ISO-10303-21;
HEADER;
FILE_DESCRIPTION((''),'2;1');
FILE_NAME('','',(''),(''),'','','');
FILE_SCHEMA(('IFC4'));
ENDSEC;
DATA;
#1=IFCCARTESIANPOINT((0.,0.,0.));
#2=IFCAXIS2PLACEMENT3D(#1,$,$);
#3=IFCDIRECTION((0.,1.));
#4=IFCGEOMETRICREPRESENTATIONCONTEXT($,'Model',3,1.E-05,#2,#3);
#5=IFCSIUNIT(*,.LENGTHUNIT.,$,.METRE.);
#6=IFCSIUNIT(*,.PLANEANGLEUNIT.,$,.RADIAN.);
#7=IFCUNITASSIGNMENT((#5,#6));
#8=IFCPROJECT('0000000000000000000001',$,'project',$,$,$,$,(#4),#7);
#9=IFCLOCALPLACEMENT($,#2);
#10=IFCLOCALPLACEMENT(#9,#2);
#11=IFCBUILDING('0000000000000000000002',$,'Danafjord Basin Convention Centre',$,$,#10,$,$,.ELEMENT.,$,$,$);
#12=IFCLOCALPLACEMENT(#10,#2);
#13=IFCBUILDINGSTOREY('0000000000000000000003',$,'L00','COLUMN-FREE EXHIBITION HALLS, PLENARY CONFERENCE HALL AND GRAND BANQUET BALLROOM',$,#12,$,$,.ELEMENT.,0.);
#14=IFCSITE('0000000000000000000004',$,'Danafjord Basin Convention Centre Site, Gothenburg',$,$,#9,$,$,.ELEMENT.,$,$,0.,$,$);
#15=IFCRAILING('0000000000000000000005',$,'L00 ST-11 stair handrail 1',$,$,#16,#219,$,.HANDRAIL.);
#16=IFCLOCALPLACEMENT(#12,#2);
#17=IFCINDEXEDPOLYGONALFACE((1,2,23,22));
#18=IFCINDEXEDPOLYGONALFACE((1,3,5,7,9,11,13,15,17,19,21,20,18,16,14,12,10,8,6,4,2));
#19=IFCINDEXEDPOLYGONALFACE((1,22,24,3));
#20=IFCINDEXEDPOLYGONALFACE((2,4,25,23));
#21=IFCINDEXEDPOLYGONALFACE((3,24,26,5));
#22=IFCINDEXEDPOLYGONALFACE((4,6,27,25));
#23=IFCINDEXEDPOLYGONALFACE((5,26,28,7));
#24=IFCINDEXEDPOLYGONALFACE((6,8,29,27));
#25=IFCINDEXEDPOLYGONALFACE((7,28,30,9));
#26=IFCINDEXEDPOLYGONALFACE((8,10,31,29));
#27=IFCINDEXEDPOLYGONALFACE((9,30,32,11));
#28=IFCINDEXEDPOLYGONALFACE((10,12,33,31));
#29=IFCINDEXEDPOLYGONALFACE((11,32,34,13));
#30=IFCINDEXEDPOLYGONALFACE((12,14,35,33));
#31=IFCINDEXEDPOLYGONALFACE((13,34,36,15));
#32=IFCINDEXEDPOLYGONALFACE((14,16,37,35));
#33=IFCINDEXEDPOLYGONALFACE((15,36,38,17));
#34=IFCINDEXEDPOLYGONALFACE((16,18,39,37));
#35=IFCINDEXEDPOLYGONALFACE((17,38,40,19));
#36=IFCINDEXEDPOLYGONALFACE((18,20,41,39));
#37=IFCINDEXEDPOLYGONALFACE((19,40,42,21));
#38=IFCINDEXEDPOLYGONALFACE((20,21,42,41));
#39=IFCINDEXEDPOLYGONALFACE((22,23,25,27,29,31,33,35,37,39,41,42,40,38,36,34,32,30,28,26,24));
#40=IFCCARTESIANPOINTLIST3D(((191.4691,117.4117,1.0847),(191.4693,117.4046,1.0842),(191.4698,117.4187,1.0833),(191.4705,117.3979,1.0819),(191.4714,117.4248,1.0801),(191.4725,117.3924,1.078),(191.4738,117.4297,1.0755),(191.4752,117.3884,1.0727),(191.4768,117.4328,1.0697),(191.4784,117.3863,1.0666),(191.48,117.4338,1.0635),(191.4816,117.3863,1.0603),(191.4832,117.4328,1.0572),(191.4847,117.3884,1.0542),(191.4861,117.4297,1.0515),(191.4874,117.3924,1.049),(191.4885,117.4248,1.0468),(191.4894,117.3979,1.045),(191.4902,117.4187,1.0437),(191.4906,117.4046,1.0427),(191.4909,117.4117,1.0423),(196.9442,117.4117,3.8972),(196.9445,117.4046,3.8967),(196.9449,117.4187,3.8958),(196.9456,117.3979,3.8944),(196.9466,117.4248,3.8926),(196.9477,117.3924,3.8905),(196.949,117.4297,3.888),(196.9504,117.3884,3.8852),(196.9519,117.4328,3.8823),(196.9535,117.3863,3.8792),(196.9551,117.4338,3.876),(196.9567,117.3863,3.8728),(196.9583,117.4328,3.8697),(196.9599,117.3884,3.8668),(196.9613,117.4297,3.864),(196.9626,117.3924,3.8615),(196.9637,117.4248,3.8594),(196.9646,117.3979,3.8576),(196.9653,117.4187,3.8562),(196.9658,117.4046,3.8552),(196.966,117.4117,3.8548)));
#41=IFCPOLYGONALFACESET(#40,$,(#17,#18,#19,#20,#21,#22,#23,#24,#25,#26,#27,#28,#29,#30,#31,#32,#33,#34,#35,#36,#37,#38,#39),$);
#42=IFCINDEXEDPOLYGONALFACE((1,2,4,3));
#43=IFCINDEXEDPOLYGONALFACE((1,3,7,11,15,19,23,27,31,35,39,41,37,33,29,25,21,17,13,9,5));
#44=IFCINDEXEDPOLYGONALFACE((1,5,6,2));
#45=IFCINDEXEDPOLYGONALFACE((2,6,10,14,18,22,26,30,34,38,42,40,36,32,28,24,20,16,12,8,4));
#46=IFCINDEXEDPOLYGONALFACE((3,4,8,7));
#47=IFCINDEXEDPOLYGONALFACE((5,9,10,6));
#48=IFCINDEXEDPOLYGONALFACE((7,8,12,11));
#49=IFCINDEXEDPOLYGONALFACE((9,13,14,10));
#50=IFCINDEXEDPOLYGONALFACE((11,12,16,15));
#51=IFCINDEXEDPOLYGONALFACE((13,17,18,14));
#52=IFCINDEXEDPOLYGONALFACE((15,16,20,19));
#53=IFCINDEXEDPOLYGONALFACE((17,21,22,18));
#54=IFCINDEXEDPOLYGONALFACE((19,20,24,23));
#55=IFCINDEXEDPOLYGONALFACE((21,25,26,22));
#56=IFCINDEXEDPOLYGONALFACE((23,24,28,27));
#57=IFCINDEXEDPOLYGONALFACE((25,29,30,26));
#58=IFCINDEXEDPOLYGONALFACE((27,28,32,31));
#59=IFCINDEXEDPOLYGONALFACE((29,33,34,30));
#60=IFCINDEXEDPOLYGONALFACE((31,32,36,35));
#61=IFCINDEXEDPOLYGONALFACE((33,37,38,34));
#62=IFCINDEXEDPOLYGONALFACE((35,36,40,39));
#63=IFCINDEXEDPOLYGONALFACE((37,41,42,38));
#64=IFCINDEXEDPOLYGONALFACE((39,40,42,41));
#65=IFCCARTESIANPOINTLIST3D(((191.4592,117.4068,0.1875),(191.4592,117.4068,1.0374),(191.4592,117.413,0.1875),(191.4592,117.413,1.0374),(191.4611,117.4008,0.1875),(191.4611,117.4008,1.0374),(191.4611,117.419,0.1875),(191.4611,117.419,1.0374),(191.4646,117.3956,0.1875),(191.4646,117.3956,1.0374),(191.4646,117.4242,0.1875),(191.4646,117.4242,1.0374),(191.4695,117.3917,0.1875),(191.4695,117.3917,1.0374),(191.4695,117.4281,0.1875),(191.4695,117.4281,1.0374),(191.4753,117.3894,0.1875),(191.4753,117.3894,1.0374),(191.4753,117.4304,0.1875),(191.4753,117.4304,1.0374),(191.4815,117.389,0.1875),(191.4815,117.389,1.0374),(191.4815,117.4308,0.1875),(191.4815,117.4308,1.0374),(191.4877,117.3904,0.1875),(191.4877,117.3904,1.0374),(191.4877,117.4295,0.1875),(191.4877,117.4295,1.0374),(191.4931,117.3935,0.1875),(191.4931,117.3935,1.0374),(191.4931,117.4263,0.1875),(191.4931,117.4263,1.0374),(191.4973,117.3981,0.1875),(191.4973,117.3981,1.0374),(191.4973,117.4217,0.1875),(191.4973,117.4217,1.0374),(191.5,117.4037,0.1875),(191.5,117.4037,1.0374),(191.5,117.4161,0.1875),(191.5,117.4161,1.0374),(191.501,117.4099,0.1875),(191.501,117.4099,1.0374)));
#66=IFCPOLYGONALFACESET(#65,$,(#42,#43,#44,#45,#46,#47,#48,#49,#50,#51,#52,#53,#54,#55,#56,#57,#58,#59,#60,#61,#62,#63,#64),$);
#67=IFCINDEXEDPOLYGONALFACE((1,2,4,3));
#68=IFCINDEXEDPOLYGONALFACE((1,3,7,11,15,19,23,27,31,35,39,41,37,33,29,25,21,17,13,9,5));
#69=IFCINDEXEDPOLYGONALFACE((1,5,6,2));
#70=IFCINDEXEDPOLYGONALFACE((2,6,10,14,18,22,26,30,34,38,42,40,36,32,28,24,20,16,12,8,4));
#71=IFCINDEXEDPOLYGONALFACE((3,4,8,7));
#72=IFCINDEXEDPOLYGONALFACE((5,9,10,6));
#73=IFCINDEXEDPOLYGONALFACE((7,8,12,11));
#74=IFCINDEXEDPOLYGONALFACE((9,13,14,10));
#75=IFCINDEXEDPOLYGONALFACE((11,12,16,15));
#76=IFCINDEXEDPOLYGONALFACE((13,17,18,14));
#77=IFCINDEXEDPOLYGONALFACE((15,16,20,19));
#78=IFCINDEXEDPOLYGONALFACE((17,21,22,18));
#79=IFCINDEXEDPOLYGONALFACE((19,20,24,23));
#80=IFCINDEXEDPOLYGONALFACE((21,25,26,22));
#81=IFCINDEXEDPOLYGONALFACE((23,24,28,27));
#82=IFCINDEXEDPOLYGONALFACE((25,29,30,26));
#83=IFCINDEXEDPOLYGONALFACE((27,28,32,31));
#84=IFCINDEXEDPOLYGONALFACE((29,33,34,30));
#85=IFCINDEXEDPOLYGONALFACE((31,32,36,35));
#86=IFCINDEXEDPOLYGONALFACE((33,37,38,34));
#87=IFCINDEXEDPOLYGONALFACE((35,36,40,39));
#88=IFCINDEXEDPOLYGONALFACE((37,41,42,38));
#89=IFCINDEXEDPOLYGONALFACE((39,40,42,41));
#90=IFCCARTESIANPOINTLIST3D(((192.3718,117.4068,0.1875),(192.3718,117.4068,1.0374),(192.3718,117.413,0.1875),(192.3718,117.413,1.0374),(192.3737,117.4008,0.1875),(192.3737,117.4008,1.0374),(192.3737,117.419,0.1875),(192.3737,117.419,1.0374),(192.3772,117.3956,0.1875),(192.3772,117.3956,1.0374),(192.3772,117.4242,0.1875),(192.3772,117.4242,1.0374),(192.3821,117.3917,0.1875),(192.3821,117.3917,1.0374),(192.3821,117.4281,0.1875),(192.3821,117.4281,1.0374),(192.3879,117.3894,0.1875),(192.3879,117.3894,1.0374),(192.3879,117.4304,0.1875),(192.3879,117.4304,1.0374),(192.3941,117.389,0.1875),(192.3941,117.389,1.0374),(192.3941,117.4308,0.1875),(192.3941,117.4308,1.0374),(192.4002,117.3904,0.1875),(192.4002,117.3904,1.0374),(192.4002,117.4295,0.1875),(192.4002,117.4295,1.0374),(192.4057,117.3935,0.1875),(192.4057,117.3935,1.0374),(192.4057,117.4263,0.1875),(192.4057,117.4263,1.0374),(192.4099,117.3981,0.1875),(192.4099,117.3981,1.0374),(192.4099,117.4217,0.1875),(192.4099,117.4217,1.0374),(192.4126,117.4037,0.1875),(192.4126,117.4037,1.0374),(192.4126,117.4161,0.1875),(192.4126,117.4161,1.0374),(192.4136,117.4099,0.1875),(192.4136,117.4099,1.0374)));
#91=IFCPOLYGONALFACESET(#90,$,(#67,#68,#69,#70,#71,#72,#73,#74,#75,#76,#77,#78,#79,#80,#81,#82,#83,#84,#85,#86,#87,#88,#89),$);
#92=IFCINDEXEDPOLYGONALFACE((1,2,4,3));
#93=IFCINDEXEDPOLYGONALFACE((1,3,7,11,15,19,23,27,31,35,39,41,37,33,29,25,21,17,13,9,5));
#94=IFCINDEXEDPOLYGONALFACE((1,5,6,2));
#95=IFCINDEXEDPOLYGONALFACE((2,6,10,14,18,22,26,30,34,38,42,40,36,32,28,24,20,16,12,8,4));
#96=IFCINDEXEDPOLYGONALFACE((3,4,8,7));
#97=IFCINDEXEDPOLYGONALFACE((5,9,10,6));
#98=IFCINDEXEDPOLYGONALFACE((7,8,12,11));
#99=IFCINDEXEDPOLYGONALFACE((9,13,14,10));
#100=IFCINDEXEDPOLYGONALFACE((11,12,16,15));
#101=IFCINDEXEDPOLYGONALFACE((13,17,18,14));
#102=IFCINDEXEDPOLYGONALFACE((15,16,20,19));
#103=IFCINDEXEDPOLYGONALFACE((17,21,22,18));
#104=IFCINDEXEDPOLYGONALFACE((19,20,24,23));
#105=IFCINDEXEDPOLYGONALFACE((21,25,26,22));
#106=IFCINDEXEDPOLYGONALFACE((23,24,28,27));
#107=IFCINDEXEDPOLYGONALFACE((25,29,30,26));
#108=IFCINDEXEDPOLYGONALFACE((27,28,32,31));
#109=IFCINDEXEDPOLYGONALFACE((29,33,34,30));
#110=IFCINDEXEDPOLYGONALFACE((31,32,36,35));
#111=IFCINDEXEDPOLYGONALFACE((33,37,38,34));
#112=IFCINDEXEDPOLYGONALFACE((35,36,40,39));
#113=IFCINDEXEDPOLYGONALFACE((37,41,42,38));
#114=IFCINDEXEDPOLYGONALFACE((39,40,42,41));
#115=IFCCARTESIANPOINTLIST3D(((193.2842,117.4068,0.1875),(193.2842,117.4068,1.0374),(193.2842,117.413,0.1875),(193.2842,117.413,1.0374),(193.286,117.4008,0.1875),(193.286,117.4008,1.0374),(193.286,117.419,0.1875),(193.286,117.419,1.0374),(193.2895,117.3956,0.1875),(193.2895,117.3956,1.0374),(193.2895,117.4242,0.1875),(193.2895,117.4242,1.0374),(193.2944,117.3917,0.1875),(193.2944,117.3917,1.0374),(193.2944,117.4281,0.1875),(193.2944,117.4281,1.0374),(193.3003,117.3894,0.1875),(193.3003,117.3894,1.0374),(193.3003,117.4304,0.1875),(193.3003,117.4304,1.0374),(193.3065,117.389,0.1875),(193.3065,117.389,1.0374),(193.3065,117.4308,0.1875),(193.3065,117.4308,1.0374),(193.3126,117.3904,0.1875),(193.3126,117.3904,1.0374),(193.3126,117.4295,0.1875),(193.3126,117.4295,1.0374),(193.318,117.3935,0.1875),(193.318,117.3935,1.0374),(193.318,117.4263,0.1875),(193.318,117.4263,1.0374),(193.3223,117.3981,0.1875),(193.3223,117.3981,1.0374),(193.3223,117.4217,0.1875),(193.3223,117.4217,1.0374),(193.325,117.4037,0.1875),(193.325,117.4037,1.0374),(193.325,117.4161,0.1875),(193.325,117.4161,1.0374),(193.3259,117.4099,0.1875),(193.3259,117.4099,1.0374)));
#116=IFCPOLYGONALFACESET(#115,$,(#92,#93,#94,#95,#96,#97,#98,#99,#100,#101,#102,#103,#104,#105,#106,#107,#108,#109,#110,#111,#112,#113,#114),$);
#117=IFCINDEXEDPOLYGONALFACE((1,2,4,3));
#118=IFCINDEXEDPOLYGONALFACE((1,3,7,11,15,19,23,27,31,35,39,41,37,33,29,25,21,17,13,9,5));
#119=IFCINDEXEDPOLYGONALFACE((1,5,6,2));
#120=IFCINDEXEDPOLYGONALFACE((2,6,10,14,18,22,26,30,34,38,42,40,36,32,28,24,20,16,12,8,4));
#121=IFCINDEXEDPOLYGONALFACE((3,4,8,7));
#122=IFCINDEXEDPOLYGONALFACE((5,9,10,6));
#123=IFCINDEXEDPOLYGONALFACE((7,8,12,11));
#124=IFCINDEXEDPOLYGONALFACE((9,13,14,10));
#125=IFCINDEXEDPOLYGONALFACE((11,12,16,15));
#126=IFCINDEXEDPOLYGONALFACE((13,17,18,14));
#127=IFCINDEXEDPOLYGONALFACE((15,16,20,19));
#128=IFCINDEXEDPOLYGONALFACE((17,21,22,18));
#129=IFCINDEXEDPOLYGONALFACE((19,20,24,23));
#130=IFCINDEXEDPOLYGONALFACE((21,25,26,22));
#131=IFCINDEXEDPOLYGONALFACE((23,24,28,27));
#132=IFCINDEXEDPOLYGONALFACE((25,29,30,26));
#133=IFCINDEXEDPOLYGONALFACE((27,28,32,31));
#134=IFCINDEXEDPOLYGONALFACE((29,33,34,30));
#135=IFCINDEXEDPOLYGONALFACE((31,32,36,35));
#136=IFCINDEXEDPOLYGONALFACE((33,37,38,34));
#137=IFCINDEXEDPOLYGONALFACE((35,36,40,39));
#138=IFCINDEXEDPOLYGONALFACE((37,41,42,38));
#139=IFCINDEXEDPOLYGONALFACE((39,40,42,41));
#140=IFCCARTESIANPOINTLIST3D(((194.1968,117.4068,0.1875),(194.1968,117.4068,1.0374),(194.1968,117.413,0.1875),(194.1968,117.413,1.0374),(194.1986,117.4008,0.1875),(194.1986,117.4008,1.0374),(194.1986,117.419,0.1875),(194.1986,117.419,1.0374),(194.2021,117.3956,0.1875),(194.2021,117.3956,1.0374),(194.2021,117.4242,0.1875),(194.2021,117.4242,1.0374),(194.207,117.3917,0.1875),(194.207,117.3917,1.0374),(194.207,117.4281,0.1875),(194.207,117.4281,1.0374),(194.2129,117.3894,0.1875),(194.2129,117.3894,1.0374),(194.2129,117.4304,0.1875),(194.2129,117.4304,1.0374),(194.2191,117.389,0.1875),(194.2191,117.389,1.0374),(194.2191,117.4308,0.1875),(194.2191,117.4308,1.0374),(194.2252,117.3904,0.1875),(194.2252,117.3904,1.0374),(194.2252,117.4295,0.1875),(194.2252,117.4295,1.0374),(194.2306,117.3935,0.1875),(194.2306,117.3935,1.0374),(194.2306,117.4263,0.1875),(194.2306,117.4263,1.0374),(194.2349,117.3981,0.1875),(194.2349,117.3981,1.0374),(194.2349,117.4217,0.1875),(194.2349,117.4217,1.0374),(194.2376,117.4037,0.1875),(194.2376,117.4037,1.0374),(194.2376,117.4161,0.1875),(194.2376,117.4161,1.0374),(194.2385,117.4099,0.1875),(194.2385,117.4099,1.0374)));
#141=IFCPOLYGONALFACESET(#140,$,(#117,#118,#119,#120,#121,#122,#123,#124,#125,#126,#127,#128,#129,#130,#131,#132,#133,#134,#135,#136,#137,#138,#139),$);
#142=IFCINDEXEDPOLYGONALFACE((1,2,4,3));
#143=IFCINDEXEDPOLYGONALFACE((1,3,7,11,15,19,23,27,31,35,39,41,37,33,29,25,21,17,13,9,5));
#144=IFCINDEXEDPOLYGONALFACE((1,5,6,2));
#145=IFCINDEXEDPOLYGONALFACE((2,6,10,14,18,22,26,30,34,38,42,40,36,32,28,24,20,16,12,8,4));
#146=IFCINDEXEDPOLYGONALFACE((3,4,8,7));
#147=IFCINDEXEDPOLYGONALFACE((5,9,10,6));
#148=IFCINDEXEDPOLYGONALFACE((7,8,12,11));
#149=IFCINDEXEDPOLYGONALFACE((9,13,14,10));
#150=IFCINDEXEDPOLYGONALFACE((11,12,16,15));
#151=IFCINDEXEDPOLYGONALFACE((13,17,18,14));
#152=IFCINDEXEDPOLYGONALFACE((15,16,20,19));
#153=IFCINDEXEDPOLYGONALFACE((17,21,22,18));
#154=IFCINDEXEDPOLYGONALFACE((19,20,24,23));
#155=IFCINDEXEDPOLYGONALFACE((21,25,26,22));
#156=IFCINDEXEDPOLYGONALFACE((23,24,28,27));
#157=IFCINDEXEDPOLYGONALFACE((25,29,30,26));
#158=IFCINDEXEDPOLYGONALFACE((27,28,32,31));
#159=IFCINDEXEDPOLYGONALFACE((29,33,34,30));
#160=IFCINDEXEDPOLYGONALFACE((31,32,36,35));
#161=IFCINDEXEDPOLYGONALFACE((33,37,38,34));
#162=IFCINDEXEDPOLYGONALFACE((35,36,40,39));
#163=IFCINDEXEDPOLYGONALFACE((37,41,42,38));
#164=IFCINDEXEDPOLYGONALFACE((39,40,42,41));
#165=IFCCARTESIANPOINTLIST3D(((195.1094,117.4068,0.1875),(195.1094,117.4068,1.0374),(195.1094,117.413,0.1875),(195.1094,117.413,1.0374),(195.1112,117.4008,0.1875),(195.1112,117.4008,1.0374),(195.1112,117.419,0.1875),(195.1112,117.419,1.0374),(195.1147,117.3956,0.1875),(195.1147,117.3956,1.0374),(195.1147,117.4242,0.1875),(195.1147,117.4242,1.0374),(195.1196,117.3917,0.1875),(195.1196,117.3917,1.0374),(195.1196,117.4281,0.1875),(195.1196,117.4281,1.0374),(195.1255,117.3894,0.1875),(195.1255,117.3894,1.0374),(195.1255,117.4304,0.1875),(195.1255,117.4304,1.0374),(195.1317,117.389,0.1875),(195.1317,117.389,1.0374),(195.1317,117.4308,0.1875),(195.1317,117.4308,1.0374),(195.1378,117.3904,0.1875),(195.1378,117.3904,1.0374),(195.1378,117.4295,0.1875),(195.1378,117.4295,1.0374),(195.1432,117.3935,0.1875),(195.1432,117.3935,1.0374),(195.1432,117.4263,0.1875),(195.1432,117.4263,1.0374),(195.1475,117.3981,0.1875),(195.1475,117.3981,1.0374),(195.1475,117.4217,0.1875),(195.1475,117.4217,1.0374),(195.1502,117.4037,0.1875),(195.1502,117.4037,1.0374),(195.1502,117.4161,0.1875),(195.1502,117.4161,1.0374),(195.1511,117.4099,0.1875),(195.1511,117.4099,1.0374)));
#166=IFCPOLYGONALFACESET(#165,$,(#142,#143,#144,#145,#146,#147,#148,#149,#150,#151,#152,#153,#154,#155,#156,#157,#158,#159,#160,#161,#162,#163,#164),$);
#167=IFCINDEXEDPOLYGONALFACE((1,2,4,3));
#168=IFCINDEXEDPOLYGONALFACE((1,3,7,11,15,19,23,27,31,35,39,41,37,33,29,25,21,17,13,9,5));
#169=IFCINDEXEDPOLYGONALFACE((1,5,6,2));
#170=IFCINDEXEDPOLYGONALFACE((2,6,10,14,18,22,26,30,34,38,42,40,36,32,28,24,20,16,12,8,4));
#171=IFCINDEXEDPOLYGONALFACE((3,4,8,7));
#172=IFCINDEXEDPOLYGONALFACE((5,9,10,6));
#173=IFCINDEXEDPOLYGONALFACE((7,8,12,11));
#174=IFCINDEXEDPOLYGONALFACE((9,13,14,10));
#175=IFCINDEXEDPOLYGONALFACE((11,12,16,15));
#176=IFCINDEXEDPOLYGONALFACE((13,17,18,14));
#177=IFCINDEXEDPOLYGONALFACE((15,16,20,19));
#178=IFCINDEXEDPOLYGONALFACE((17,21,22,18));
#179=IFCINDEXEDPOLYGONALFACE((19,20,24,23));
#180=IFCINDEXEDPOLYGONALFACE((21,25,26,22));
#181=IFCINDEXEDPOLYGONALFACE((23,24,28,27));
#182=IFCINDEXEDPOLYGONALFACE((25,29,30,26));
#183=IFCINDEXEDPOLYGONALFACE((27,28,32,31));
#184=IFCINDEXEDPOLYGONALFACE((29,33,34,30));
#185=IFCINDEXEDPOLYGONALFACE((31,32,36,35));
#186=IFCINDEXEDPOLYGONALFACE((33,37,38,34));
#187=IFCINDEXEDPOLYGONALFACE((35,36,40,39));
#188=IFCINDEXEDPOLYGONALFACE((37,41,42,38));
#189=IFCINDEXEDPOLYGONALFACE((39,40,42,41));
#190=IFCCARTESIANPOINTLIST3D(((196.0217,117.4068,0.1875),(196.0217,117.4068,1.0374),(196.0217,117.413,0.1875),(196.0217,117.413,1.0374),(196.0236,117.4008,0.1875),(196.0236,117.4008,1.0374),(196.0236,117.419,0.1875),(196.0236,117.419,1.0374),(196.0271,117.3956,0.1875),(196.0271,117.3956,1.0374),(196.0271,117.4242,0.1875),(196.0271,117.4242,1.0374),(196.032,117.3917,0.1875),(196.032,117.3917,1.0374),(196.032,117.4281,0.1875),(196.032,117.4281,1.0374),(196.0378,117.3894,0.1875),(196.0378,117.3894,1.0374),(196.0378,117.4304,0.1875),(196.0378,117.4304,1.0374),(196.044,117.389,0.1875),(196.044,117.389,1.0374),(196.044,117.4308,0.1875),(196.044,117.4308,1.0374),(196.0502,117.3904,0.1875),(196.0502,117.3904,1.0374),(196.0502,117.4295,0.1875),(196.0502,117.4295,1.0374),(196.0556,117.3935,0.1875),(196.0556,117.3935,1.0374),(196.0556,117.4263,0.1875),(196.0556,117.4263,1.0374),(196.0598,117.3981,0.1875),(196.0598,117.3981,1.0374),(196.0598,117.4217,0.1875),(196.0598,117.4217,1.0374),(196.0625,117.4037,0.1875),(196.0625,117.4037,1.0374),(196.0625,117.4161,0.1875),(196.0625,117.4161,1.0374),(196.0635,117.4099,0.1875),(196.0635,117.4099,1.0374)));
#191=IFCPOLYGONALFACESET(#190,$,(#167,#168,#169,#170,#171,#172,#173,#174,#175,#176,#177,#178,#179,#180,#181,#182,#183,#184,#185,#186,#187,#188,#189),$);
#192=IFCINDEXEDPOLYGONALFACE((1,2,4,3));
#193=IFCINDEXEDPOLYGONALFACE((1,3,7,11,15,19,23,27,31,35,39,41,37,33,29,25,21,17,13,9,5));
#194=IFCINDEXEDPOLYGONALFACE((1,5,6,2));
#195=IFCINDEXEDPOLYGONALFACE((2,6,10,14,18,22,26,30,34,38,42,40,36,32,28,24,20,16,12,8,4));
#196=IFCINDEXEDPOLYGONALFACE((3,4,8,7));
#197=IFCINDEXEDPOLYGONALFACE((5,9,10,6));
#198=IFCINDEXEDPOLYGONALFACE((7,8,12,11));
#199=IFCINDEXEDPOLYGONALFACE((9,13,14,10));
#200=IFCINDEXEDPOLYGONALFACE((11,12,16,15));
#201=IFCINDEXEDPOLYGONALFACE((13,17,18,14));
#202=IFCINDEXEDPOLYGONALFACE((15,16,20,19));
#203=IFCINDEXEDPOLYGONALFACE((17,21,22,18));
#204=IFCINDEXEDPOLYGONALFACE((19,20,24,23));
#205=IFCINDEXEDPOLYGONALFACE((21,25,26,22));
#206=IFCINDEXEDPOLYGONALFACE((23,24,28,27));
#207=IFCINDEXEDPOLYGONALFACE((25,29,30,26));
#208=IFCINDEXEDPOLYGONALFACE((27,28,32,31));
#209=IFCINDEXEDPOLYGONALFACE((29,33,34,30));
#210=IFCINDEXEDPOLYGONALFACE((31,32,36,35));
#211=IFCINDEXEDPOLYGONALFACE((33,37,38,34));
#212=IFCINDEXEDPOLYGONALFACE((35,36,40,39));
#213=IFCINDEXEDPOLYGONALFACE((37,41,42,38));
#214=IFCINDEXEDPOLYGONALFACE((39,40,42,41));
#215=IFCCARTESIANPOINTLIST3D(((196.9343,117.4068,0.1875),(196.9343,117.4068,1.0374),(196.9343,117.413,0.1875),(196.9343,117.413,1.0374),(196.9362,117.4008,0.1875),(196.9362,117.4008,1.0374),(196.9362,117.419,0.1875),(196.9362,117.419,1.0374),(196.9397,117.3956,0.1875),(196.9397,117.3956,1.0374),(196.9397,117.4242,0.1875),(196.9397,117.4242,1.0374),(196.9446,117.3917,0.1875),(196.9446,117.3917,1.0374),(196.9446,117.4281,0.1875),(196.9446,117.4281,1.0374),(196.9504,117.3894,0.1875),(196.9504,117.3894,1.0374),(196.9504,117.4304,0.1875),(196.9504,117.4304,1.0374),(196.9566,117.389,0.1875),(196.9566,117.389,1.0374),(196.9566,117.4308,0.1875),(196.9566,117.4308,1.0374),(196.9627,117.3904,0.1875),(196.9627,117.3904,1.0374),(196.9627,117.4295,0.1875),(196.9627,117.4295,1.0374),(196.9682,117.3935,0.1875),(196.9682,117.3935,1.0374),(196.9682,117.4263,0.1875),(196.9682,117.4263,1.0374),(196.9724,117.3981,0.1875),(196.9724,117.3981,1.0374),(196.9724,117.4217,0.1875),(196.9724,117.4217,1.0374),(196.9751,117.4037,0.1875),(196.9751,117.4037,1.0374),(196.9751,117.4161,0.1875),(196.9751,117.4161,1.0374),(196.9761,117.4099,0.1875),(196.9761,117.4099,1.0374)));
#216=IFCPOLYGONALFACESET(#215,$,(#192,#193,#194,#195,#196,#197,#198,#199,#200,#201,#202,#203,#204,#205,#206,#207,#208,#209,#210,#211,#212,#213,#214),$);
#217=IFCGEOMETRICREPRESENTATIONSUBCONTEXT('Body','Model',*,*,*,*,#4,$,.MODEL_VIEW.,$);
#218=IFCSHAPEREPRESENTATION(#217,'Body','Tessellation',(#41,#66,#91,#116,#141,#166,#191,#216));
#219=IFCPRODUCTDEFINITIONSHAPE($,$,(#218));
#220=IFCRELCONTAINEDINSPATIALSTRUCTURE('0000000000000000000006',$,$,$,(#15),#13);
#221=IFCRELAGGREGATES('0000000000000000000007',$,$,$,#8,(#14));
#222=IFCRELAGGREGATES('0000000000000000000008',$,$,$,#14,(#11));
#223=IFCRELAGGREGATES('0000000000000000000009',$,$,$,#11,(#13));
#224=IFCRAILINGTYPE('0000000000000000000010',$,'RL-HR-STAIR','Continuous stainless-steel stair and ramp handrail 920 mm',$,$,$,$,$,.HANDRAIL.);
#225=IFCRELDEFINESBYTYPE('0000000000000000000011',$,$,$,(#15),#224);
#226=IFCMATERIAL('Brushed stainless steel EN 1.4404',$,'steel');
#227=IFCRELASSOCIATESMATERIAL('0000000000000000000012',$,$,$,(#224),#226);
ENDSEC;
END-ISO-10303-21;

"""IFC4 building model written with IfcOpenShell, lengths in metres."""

from ifc_helpers import new_model, si_unit, direction, frame, origin, origin_2d, place, context, subcontext, project, spatial, circle, extrude, material, type_object, element, save


model = new_model("IFC4")

# Units and contexts
model_context = context("Model", 3, precision=1e-05, world=origin(), true_north=direction((0.0, 1.0)))
body_context = subcontext(model_context, "Body", "Model", "MODEL_VIEW")
ifc_project = project(units=[si_unit("LENGTHUNIT", "METRE"), si_unit("PLANEANGLEUNIT", "RADIAN")], contexts=[model_context])

# Site, building, storey
site_placement = place(None, origin())
site = spatial("IfcSite", under=ifc_project, at=site_placement, Name="Danafjord Basin Convention Centre Site, Gothenburg", CompositionType="ELEMENT", RefElevation=0.0)
building_placement = place(site_placement, origin())
building = spatial("IfcBuilding", under=site, at=building_placement, Name="Danafjord Basin Convention Centre", CompositionType="ELEMENT")
storey_placement = place(building_placement, origin())
storey = spatial("IfcBuildingStorey", under=building, at=storey_placement, Name="L00", Description="COLUMN-FREE EXHIBITION HALLS, PLENARY CONFERENCE HALL AND GRAND BANQUET BALLROOM", CompositionType="ELEMENT", Elevation=0.0)

# Railing
ifc_material_1 = material(Name="Brushed stainless steel EN 1.4404", Category="steel")
railing_type_1 = type_object("IfcRailingType", Name="RL-HR-STAIR", Description="Continuous stainless-steel stair and ramp handrail 920 mm", PredefinedType="HANDRAIL", material=ifc_material_1)
railing_1_placement = place(storey_placement, frame((191.48, 117.4099, 0.1875)))
element("IfcRailing", 1, at=railing_1_placement, inside=storey, type_object=railing_type_1, Name="L00 ST-11 stair handrail 1", PredefinedType="HANDRAIL", context=body_context, shape_type="SweptSolid", body=[
    extrude(circle(Radius=0.0239, at=origin_2d()), frame((0.0, 0.0, 0.876), z_axis=(0.889503, 0.0, 0.456929), x_axis=(0.0, 1.0, 0.0)), (0.0, 0.0, 1.0), 6.1553),
    extrude(circle(Radius=0.021, at=origin_2d()), origin(), (0.0, 0.0, 1.0), 0.8499),
    extrude(circle(Radius=0.021, at=origin_2d()), frame((0.9126, 0.0, 0.0)), (0.0, 0.0, 1.0), 0.8499),
    extrude(circle(Radius=0.021, at=origin_2d()), frame((1.825, 0.0, 0.0)), (0.0, 0.0, 1.0), 0.8499),
    extrude(circle(Radius=0.021, at=origin_2d()), frame((2.7375, 0.0, 0.0)), (0.0, 0.0, 1.0), 0.8499),
    extrude(circle(Radius=0.021, at=origin_2d()), frame((3.6501, 0.0, 0.0)), (0.0, 0.0, 1.0), 0.8499),
    extrude(circle(Radius=0.021, at=origin_2d()), frame((4.5625, 0.0, 0.0)), (0.0, 0.0, 1.0), 0.8499),
    extrude(circle(Radius=0.021, at=origin_2d()), frame((5.4751, 0.0, 0.0)), (0.0, 0.0, 1.0), 0.8499),
])

save(model, "model.ifc")
